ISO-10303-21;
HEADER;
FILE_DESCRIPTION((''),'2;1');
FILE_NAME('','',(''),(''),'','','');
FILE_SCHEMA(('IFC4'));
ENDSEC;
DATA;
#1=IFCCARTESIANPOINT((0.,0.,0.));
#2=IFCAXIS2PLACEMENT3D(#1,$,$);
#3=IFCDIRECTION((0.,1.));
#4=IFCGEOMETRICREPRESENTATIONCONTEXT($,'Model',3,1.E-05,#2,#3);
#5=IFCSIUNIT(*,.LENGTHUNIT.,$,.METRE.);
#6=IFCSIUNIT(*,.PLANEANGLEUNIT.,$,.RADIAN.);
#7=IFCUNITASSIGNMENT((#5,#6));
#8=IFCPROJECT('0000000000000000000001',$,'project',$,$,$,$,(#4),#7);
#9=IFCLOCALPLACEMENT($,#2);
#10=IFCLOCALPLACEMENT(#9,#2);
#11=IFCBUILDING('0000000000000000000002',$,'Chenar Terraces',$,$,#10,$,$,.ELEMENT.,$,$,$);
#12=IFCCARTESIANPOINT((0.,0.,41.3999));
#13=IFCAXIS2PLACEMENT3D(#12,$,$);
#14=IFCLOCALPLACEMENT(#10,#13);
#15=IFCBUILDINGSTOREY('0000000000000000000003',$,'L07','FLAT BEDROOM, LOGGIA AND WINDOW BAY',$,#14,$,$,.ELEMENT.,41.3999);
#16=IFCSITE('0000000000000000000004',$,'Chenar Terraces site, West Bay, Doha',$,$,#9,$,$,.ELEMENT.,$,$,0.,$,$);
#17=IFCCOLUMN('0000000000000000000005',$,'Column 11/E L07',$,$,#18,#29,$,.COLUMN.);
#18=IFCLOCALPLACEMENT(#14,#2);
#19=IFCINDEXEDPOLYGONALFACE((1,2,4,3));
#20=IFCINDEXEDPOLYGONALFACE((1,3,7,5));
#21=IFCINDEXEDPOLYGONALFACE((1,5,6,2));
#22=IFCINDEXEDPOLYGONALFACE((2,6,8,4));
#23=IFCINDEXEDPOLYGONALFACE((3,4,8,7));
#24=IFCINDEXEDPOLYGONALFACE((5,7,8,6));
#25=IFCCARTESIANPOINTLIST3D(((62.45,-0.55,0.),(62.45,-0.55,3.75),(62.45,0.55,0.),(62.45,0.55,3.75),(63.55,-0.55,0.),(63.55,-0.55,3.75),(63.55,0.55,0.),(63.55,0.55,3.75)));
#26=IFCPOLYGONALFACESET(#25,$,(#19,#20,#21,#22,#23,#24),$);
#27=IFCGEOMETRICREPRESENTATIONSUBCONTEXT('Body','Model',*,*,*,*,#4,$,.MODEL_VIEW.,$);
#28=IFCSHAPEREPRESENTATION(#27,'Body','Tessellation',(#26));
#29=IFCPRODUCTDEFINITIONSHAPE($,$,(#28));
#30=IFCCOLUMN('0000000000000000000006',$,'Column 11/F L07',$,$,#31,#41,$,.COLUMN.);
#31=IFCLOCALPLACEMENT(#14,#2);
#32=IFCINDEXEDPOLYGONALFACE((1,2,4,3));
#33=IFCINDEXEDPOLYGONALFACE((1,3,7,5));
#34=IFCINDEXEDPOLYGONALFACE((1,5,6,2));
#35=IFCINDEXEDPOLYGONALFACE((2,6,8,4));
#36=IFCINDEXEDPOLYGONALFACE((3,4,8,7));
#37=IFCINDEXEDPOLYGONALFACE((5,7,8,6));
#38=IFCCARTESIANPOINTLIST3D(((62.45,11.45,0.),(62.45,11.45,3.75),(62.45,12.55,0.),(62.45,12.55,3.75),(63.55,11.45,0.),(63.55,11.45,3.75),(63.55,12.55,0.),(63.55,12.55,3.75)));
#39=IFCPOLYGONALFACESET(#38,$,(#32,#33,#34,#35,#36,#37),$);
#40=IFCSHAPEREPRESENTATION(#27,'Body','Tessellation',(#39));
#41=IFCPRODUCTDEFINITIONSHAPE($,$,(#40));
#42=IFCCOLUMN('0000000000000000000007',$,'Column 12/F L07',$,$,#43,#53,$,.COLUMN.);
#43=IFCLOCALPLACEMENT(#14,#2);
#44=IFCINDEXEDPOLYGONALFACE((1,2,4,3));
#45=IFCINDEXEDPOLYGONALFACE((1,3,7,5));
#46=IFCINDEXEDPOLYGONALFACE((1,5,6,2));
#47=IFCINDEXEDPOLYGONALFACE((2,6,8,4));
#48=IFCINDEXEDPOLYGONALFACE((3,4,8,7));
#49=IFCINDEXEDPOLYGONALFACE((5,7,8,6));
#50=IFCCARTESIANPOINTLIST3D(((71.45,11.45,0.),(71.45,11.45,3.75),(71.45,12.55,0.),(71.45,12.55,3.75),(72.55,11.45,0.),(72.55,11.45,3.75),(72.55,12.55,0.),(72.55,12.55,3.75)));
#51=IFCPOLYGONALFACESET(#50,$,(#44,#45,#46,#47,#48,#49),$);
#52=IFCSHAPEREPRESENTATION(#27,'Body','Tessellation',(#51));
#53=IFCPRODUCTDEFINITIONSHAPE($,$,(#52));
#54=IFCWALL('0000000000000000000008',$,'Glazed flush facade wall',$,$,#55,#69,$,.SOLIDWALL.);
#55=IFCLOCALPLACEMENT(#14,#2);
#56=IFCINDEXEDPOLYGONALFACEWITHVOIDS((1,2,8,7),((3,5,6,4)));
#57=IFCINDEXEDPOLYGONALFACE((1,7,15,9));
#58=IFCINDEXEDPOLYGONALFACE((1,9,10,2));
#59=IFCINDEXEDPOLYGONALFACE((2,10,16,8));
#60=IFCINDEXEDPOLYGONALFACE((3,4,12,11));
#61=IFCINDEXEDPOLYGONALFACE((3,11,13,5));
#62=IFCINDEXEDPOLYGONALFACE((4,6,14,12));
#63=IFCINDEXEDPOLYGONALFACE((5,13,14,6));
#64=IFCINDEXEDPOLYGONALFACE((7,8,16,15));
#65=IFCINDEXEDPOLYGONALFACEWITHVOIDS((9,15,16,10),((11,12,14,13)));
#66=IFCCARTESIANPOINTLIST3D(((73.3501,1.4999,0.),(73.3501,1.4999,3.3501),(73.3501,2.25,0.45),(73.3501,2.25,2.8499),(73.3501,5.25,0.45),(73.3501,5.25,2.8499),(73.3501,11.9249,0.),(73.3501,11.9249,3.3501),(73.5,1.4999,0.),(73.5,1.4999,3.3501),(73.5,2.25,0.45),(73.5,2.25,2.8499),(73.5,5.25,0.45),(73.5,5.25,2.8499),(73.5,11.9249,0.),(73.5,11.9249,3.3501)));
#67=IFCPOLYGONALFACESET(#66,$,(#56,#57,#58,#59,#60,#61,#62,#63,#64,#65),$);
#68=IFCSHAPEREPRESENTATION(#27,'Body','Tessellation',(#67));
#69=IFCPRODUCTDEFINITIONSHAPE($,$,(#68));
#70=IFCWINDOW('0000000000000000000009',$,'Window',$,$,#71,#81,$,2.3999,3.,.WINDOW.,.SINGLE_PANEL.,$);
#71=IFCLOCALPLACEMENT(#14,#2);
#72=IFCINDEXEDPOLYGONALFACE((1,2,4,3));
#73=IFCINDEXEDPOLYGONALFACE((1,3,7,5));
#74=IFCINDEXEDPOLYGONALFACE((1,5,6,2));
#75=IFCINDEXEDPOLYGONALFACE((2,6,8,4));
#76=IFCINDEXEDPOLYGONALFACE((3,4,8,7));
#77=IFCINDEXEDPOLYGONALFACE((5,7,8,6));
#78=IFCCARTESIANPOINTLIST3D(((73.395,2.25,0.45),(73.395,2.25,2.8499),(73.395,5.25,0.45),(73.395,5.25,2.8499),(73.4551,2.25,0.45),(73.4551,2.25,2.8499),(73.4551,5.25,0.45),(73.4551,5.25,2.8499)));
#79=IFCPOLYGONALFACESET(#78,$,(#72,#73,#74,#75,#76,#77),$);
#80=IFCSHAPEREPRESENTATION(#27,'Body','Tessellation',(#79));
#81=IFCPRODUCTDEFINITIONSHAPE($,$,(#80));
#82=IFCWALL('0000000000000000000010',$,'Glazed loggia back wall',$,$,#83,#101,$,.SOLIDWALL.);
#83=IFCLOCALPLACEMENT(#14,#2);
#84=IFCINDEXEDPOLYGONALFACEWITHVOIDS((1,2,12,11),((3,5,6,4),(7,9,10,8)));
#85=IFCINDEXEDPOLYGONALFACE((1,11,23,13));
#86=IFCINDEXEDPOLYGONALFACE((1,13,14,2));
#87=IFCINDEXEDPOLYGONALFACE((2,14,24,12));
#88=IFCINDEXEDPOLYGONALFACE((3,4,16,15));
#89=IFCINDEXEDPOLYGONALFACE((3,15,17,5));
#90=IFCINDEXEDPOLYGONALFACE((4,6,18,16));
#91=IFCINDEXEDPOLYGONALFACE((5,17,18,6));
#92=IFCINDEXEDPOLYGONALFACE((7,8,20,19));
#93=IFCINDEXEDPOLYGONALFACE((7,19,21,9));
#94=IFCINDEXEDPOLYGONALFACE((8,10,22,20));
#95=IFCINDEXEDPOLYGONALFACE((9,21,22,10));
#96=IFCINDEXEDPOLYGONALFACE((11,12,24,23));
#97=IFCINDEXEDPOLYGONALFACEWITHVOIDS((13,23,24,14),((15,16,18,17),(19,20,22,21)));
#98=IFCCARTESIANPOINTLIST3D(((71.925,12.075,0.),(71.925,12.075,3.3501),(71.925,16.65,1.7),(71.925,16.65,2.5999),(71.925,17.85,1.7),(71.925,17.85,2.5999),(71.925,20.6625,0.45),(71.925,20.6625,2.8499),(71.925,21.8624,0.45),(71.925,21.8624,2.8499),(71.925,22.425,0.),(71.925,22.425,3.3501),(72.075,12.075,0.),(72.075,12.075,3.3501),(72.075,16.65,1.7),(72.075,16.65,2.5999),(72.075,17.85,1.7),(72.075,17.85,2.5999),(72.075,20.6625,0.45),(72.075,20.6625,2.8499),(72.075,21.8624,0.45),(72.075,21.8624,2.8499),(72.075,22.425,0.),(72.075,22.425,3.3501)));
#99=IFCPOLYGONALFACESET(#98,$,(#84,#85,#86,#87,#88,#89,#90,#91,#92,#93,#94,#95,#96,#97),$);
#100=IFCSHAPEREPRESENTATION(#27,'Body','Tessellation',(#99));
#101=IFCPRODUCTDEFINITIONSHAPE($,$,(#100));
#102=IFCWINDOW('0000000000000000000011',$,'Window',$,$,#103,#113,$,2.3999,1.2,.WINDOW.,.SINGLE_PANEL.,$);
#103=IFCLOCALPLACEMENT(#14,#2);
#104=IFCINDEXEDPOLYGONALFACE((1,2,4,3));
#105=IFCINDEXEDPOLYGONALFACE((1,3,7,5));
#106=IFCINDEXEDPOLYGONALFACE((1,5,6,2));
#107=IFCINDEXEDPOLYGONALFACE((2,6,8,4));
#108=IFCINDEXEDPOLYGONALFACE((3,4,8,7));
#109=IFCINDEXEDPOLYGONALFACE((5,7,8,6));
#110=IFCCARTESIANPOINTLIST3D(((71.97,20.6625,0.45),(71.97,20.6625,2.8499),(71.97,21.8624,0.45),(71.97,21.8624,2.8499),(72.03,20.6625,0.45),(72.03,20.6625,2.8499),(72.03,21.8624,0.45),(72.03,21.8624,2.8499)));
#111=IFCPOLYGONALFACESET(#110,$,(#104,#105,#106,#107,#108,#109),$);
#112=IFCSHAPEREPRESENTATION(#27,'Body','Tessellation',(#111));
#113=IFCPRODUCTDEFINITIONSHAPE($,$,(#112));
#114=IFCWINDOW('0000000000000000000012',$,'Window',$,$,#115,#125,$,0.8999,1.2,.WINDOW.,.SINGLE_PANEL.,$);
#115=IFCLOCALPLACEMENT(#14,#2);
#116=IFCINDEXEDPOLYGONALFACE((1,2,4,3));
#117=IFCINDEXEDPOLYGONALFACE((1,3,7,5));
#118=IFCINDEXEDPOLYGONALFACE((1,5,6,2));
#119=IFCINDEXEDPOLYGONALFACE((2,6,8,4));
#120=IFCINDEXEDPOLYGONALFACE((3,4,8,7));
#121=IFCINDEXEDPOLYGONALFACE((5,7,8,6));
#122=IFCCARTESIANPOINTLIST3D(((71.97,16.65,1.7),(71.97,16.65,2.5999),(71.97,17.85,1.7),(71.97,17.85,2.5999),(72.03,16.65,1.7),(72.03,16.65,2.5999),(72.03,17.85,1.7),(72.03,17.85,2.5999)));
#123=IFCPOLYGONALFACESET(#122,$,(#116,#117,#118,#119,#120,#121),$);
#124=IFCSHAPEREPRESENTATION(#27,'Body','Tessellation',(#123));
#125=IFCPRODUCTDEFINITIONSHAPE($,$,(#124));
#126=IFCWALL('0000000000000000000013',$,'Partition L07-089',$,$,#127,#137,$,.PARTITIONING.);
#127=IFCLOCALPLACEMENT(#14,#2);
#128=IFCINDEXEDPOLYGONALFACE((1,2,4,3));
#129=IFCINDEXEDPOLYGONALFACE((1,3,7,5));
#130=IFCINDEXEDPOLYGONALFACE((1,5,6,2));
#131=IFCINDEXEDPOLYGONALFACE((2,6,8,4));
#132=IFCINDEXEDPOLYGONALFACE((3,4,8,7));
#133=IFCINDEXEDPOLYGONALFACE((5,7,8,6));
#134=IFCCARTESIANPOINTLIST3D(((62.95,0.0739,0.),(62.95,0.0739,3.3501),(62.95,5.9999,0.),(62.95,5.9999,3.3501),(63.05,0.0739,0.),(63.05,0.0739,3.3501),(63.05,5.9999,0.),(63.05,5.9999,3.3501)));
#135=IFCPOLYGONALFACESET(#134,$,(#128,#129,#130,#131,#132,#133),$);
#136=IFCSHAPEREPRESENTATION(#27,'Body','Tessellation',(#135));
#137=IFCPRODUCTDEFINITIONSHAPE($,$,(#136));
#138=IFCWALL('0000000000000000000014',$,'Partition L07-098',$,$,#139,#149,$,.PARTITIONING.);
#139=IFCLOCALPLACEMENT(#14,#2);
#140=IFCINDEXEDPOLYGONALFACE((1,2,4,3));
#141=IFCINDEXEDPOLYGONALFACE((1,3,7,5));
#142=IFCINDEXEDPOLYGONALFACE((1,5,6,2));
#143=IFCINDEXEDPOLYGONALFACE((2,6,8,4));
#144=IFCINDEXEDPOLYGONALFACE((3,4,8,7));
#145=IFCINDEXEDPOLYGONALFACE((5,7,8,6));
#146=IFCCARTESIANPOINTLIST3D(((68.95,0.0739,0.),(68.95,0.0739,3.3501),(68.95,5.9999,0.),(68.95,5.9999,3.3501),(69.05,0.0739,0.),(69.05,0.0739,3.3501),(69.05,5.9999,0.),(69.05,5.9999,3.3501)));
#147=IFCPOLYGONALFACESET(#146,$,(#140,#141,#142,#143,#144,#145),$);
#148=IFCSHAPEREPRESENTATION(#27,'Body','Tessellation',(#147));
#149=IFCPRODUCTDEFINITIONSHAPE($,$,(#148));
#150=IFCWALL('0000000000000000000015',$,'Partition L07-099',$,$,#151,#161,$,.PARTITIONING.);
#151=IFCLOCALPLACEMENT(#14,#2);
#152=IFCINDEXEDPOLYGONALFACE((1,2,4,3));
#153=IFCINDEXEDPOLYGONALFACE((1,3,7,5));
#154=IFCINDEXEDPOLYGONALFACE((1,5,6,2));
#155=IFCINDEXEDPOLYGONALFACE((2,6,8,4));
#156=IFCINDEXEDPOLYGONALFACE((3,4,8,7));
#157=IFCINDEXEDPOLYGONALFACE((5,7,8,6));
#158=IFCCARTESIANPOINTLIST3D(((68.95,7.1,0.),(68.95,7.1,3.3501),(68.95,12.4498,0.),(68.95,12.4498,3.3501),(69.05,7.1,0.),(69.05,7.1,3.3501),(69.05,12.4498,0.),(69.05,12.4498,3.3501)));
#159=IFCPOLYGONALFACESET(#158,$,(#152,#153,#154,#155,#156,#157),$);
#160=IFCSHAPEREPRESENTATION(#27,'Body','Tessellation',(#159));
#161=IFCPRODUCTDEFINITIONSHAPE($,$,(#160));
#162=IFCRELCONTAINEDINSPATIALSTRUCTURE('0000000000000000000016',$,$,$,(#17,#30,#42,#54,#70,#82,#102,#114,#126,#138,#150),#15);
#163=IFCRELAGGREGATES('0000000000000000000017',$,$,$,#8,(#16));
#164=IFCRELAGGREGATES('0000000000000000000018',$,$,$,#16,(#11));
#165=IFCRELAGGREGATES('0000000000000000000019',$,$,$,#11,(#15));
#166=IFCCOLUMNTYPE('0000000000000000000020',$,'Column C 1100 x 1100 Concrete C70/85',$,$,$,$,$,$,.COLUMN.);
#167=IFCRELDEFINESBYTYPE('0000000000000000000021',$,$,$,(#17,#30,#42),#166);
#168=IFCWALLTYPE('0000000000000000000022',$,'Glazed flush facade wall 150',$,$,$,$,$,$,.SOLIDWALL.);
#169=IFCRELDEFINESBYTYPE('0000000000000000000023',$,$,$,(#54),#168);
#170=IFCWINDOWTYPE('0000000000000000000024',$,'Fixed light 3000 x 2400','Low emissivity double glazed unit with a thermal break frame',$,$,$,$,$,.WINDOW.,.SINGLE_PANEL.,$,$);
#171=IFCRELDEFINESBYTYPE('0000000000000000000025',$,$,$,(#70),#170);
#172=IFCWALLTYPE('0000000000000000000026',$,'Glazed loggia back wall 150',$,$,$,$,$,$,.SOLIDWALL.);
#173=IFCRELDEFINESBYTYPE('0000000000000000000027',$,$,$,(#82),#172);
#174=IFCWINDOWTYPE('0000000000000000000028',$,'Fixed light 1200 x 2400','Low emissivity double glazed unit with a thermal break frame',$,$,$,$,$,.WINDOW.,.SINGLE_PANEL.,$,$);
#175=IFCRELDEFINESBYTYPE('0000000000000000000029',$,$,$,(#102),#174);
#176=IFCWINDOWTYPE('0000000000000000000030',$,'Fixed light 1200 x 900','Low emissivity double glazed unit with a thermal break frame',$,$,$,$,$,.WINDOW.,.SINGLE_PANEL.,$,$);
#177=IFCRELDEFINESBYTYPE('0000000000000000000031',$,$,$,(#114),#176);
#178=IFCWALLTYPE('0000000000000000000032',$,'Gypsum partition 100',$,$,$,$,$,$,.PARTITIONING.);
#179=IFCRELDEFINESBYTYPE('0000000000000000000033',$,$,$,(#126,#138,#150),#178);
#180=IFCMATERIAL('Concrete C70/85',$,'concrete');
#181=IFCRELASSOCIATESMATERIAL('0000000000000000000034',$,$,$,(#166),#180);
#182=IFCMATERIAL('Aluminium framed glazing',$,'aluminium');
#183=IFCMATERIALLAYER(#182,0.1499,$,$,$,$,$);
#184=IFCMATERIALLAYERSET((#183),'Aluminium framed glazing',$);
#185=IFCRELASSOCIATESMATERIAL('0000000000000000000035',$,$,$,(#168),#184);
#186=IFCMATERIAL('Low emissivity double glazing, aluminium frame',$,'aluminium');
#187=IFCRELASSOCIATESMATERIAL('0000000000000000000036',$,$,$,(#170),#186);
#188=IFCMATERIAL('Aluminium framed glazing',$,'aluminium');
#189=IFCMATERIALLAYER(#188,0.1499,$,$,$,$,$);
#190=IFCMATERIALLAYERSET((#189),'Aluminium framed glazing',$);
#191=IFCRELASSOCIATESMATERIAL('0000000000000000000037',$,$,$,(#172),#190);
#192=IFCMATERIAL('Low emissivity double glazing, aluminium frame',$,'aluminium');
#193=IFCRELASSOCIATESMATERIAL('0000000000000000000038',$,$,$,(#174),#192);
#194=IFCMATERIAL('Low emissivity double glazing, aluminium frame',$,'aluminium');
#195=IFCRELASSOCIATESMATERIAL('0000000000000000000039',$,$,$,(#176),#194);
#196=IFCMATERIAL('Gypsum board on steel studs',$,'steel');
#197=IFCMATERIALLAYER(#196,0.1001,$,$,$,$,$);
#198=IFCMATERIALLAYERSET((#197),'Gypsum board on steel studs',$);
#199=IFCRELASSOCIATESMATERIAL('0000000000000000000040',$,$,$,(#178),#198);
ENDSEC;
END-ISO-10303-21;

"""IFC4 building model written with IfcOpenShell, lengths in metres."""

from ifc_helpers import new_model, si_unit, direction, frame, frame_2d, origin, origin_2d, place, context, subcontext, project, spatial, rectangle, extrude, material, layer, layer_set, material_profile, profile_set, type_object, element, fill, save


model = new_model("IFC4")

# Units and contexts
model_context = context("Model", 3, precision=1e-05, world=origin(), true_north=direction((0.0, 1.0)))
body_context = subcontext(model_context, "Body", "Model", "MODEL_VIEW")
ifc_project = project(units=[si_unit("LENGTHUNIT", "METRE"), si_unit("PLANEANGLEUNIT", "RADIAN")], contexts=[model_context])

# Site, building, storey
site_placement = place(None, origin())
site = spatial("IfcSite", under=ifc_project, at=site_placement, Name="Chenar Terraces site, West Bay, Doha", CompositionType="ELEMENT", RefElevation=0.0)
building_placement = place(site_placement, origin())
building = spatial("IfcBuilding", under=site, at=building_placement, Name="Chenar Terraces", CompositionType="ELEMENT")
storey_placement = place(building_placement, frame((0.0, 0.0, 41.3999)))
storey = spatial("IfcBuildingStorey", under=building, at=storey_placement, Name="L07", Description="FLAT BEDROOM, LOGGIA AND WINDOW BAY", CompositionType="ELEMENT", Elevation=41.3999)

# Columns
ifc_material_1 = material(Name="Concrete C70/85", Category="concrete")
ifc_material_profile_1 = material_profile(ifc_material_1, rectangle(XDim=1.1001, YDim=1.1001, at=origin_2d()), Name="C 1100 x 1100")
ifc_profile_set_1 = profile_set([ifc_material_profile_1], Name="Concrete C70/85")
column_type = type_object("IfcColumnType", Name="Column C 1100 x 1100 Concrete C70/85", PredefinedType="COLUMN", material=ifc_profile_set_1)
for number, where, z_axis, x_axis, name in (
    (1, (63.0, 0.0, 0.0), (0.0, 0.0, 1.0), (1.0, 0.0, 0.0), "Column 11/E L07"),
    (2, (63.0, 12.0, 0.0), (0.0, 0.0, 1.0), (1.0, 0.0, 0.0), "Column 11/F L07"),
    (3, (72.0, 12.0, 0.0), (0.0, 0.0, 1.0), (1.0, 0.0, 0.0), "Column 12/F L07"),
):
    element("IfcColumn", number, at=place(storey_placement, frame(where, z_axis=z_axis, x_axis=x_axis)), inside=storey, type_object=column_type, Name=name, PredefinedType="COLUMN", context=body_context, shape_type="SweptSolid", body=[
        extrude(rectangle(XDim=1.1001, YDim=1.1001, at=origin_2d()), origin(), (0.0, 0.0, 1.0), 3.75),
    ])

# Wall, opening, window
ifc_material_2 = material(Name="Aluminium framed glazing", Category="aluminium")
ifc_layer_1 = layer(ifc_material_2, 0.1499)
ifc_layer_set_1 = layer_set([ifc_layer_1], Name="Aluminium framed glazing")
wall_type_1 = type_object("IfcWallType", Name="Glazed flush facade wall 150", PredefinedType="SOLIDWALL", material=ifc_layer_set_1)
wall_1_placement = place(storey_placement, frame((73.425, 1.5, 0.0), z_axis=(0.0, 0.0, 1.0), x_axis=(0.0, 1.0, 0.0)))
wall_1 = element("IfcWall", 4, at=wall_1_placement, inside=storey, type_object=wall_type_1, Name="Glazed flush facade wall", PredefinedType="SOLIDWALL", context=body_context, shape_type="SweptSolid", body=[
    extrude(rectangle(XDim=10.425, YDim=0.1499, at=frame_2d((5.2124, 0.0))), origin(), (0.0, 0.0, 1.0), 3.3501),
])
opening_1_placement = place(wall_1_placement, frame((0.75, 0.0, 0.45)))
opening_1 = element("IfcOpeningElement", 5, at=opening_1_placement, cuts=wall_1, PredefinedType="OPENING", context=body_context, shape_type="SweptSolid", body=[
    extrude(rectangle(XDim=3.0, YDim=2.3999, at=frame_2d((1.5, 1.2))), frame((0.0, 0.085, 0.0), z_axis=(0.0, -1.0, 0.0), x_axis=(1.0, 0.0, 0.0)), (0.0, 0.0, 1.0), 0.1699),
])
ifc_material_3 = material(Name="Low emissivity double glazing, aluminium frame", Category="aluminium")
window_type_1 = type_object("IfcWindowType", Name="Fixed light 3000 x 2400", Description="Low emissivity double glazed unit with a thermal break frame", PartitioningType="SINGLE_PANEL", PredefinedType="WINDOW", material=ifc_material_3)
window_1_placement = place(opening_1_placement, origin())
window_1 = element("IfcWindow", 6, at=window_1_placement, inside=storey, type_object=window_type_1, Name="Window", OverallHeight=2.3999, OverallWidth=3.0, PartitioningType="SINGLE_PANEL", PredefinedType="WINDOW", context=body_context, shape_type="SweptSolid", body=[
    extrude(rectangle(XDim=3.0, YDim=2.3999, at=frame_2d((1.5, 1.2))), frame((0.0, 0.03, 0.0), z_axis=(0.0, -1.0, 0.0), x_axis=(1.0, 0.0, 0.0)), (0.0, 0.0, 1.0), 0.0601),
])
fill(opening_1, window_1)

# Wall, openings, windows
ifc_material_4 = material(Name="Aluminium framed glazing", Category="aluminium")
ifc_layer_2 = layer(ifc_material_4, 0.1499)
ifc_layer_set_2 = layer_set([ifc_layer_2], Name="Aluminium framed glazing")
wall_type_2 = type_object("IfcWallType", Name="Glazed loggia back wall 150", PredefinedType="SOLIDWALL", material=ifc_layer_set_2)
wall_2_placement = place(storey_placement, frame((72.0, 12.075, 0.0), z_axis=(0.0, 0.0, 1.0), x_axis=(0.0, 1.0, 0.0)))
wall_2 = element("IfcWall", 7, at=wall_2_placement, inside=storey, type_object=wall_type_2, Name="Glazed loggia back wall", PredefinedType="SOLIDWALL", context=body_context, shape_type="SweptSolid", body=[
    extrude(rectangle(XDim=10.3501, YDim=0.1499, at=frame_2d((5.175, 0.0))), origin(), (0.0, 0.0, 1.0), 3.3501),
])
opening_2_placement = place(wall_2_placement, frame((4.575, 0.0, 1.7)))
opening_2 = element("IfcOpeningElement", 8, at=opening_2_placement, cuts=wall_2, PredefinedType="OPENING", context=body_context, shape_type="SweptSolid", body=[
    extrude(rectangle(XDim=1.2, YDim=0.8999, at=frame_2d((0.6001, 0.45))), frame((0.0, 0.085, 0.0), z_axis=(0.0, -1.0, 0.0), x_axis=(1.0, 0.0, 0.0)), (0.0, 0.0, 1.0), 0.1699),
])
opening_3_placement = place(wall_2_placement, frame((8.5874, 0.0, 0.45)))
opening_3 = element("IfcOpeningElement", 9, at=opening_3_placement, cuts=wall_2, PredefinedType="OPENING", context=body_context, shape_type="SweptSolid", body=[
    extrude(rectangle(XDim=1.2, YDim=2.3999, at=frame_2d((0.6001, 1.2))), frame((0.0, 0.085, 0.0), z_axis=(0.0, -1.0, 0.0), x_axis=(1.0, 0.0, 0.0)), (0.0, 0.0, 1.0), 0.1699),
])
ifc_material_5 = material(Name="Low emissivity double glazing, aluminium frame", Category="aluminium")
window_type_2 = type_object("IfcWindowType", Name="Fixed light 1200 x 2400", Description="Low emissivity double glazed unit with a thermal break frame", PartitioningType="SINGLE_PANEL", PredefinedType="WINDOW", material=ifc_material_5)
window_2_placement = place(opening_3_placement, origin())
window_2 = element("IfcWindow", 10, at=window_2_placement, inside=storey, type_object=window_type_2, Name="Window", OverallHeight=2.3999, OverallWidth=1.2, PartitioningType="SINGLE_PANEL", PredefinedType="WINDOW", context=body_context, shape_type="SweptSolid", body=[
    extrude(rectangle(XDim=1.2, YDim=2.3999, at=frame_2d((0.6001, 1.2))), frame((0.0, 0.03, 0.0), z_axis=(0.0, -1.0, 0.0), x_axis=(1.0, 0.0, 0.0)), (0.0, 0.0, 1.0), 0.0601),
])
fill(opening_3, window_2)
ifc_material_6 = material(Name="Low emissivity double glazing, aluminium frame", Category="aluminium")
window_type_3 = type_object("IfcWindowType", Name="Fixed light 1200 x 900", Description="Low emissivity double glazed unit with a thermal break frame", PartitioningType="SINGLE_PANEL", PredefinedType="WINDOW", material=ifc_material_6)
window_3_placement = place(opening_2_placement, origin())
window_3 = element("IfcWindow", 11, at=window_3_placement, inside=storey, type_object=window_type_3, Name="Window", OverallHeight=0.8999, OverallWidth=1.2, PartitioningType="SINGLE_PANEL", PredefinedType="WINDOW", context=body_context, shape_type="SweptSolid", body=[
    extrude(rectangle(XDim=1.2, YDim=0.8999, at=frame_2d((0.6001, 0.45))), frame((0.0, 0.03, 0.0), z_axis=(0.0, -1.0, 0.0), x_axis=(1.0, 0.0, 0.0)), (0.0, 0.0, 1.0), 0.0601),
])
fill(opening_2, window_3)

# Walls
ifc_material_7 = material(Name="Gypsum board on steel studs", Category="steel")
ifc_layer_3 = layer(ifc_material_7, 0.1001)
ifc_layer_set_3 = layer_set([ifc_layer_3], Name="Gypsum board on steel studs")
wall_type_3 = type_object("IfcWallType", Name="Gypsum partition 100", PredefinedType="PARTITIONING", material=ifc_layer_set_3)
for number, where, z_axis, x_axis, name in (
    (12, (63.0, 0.074, 0.0), (0.0, 0.0, 1.0), (0.0, 1.0, 0.0), "Partition L07-089"),
    (13, (69.0, 0.074, 0.0), (0.0, 0.0, 1.0), (0.0, 1.0, 0.0), "Partition L07-098"),
):
    element("IfcWall", number, at=place(storey_placement, frame(where, z_axis=z_axis, x_axis=x_axis)), inside=storey, type_object=wall_type_3, Name=name, PredefinedType="PARTITIONING", context=body_context, shape_type="SweptSolid", body=[
        extrude(rectangle(XDim=5.926, YDim=0.1001, at=frame_2d((2.9629, 0.0))), origin(), (0.0, 0.0, 1.0), 3.3501),
    ])
wall_3_placement = place(storey_placement, frame((69.0, 7.1001, 0.0), z_axis=(0.0, 0.0, 1.0), x_axis=(0.0, 1.0, 0.0)))
element("IfcWall", 14, at=wall_3_placement, inside=storey, type_object=wall_type_3, Name="Partition L07-099", PredefinedType="PARTITIONING", context=body_context, shape_type="SweptSolid", body=[
    extrude(rectangle(XDim=5.3499, YDim=0.1001, at=frame_2d((2.6748, 0.0))), origin(), (0.0, 0.0, 1.0), 3.3501),
])

save(model, "model.ifc")
